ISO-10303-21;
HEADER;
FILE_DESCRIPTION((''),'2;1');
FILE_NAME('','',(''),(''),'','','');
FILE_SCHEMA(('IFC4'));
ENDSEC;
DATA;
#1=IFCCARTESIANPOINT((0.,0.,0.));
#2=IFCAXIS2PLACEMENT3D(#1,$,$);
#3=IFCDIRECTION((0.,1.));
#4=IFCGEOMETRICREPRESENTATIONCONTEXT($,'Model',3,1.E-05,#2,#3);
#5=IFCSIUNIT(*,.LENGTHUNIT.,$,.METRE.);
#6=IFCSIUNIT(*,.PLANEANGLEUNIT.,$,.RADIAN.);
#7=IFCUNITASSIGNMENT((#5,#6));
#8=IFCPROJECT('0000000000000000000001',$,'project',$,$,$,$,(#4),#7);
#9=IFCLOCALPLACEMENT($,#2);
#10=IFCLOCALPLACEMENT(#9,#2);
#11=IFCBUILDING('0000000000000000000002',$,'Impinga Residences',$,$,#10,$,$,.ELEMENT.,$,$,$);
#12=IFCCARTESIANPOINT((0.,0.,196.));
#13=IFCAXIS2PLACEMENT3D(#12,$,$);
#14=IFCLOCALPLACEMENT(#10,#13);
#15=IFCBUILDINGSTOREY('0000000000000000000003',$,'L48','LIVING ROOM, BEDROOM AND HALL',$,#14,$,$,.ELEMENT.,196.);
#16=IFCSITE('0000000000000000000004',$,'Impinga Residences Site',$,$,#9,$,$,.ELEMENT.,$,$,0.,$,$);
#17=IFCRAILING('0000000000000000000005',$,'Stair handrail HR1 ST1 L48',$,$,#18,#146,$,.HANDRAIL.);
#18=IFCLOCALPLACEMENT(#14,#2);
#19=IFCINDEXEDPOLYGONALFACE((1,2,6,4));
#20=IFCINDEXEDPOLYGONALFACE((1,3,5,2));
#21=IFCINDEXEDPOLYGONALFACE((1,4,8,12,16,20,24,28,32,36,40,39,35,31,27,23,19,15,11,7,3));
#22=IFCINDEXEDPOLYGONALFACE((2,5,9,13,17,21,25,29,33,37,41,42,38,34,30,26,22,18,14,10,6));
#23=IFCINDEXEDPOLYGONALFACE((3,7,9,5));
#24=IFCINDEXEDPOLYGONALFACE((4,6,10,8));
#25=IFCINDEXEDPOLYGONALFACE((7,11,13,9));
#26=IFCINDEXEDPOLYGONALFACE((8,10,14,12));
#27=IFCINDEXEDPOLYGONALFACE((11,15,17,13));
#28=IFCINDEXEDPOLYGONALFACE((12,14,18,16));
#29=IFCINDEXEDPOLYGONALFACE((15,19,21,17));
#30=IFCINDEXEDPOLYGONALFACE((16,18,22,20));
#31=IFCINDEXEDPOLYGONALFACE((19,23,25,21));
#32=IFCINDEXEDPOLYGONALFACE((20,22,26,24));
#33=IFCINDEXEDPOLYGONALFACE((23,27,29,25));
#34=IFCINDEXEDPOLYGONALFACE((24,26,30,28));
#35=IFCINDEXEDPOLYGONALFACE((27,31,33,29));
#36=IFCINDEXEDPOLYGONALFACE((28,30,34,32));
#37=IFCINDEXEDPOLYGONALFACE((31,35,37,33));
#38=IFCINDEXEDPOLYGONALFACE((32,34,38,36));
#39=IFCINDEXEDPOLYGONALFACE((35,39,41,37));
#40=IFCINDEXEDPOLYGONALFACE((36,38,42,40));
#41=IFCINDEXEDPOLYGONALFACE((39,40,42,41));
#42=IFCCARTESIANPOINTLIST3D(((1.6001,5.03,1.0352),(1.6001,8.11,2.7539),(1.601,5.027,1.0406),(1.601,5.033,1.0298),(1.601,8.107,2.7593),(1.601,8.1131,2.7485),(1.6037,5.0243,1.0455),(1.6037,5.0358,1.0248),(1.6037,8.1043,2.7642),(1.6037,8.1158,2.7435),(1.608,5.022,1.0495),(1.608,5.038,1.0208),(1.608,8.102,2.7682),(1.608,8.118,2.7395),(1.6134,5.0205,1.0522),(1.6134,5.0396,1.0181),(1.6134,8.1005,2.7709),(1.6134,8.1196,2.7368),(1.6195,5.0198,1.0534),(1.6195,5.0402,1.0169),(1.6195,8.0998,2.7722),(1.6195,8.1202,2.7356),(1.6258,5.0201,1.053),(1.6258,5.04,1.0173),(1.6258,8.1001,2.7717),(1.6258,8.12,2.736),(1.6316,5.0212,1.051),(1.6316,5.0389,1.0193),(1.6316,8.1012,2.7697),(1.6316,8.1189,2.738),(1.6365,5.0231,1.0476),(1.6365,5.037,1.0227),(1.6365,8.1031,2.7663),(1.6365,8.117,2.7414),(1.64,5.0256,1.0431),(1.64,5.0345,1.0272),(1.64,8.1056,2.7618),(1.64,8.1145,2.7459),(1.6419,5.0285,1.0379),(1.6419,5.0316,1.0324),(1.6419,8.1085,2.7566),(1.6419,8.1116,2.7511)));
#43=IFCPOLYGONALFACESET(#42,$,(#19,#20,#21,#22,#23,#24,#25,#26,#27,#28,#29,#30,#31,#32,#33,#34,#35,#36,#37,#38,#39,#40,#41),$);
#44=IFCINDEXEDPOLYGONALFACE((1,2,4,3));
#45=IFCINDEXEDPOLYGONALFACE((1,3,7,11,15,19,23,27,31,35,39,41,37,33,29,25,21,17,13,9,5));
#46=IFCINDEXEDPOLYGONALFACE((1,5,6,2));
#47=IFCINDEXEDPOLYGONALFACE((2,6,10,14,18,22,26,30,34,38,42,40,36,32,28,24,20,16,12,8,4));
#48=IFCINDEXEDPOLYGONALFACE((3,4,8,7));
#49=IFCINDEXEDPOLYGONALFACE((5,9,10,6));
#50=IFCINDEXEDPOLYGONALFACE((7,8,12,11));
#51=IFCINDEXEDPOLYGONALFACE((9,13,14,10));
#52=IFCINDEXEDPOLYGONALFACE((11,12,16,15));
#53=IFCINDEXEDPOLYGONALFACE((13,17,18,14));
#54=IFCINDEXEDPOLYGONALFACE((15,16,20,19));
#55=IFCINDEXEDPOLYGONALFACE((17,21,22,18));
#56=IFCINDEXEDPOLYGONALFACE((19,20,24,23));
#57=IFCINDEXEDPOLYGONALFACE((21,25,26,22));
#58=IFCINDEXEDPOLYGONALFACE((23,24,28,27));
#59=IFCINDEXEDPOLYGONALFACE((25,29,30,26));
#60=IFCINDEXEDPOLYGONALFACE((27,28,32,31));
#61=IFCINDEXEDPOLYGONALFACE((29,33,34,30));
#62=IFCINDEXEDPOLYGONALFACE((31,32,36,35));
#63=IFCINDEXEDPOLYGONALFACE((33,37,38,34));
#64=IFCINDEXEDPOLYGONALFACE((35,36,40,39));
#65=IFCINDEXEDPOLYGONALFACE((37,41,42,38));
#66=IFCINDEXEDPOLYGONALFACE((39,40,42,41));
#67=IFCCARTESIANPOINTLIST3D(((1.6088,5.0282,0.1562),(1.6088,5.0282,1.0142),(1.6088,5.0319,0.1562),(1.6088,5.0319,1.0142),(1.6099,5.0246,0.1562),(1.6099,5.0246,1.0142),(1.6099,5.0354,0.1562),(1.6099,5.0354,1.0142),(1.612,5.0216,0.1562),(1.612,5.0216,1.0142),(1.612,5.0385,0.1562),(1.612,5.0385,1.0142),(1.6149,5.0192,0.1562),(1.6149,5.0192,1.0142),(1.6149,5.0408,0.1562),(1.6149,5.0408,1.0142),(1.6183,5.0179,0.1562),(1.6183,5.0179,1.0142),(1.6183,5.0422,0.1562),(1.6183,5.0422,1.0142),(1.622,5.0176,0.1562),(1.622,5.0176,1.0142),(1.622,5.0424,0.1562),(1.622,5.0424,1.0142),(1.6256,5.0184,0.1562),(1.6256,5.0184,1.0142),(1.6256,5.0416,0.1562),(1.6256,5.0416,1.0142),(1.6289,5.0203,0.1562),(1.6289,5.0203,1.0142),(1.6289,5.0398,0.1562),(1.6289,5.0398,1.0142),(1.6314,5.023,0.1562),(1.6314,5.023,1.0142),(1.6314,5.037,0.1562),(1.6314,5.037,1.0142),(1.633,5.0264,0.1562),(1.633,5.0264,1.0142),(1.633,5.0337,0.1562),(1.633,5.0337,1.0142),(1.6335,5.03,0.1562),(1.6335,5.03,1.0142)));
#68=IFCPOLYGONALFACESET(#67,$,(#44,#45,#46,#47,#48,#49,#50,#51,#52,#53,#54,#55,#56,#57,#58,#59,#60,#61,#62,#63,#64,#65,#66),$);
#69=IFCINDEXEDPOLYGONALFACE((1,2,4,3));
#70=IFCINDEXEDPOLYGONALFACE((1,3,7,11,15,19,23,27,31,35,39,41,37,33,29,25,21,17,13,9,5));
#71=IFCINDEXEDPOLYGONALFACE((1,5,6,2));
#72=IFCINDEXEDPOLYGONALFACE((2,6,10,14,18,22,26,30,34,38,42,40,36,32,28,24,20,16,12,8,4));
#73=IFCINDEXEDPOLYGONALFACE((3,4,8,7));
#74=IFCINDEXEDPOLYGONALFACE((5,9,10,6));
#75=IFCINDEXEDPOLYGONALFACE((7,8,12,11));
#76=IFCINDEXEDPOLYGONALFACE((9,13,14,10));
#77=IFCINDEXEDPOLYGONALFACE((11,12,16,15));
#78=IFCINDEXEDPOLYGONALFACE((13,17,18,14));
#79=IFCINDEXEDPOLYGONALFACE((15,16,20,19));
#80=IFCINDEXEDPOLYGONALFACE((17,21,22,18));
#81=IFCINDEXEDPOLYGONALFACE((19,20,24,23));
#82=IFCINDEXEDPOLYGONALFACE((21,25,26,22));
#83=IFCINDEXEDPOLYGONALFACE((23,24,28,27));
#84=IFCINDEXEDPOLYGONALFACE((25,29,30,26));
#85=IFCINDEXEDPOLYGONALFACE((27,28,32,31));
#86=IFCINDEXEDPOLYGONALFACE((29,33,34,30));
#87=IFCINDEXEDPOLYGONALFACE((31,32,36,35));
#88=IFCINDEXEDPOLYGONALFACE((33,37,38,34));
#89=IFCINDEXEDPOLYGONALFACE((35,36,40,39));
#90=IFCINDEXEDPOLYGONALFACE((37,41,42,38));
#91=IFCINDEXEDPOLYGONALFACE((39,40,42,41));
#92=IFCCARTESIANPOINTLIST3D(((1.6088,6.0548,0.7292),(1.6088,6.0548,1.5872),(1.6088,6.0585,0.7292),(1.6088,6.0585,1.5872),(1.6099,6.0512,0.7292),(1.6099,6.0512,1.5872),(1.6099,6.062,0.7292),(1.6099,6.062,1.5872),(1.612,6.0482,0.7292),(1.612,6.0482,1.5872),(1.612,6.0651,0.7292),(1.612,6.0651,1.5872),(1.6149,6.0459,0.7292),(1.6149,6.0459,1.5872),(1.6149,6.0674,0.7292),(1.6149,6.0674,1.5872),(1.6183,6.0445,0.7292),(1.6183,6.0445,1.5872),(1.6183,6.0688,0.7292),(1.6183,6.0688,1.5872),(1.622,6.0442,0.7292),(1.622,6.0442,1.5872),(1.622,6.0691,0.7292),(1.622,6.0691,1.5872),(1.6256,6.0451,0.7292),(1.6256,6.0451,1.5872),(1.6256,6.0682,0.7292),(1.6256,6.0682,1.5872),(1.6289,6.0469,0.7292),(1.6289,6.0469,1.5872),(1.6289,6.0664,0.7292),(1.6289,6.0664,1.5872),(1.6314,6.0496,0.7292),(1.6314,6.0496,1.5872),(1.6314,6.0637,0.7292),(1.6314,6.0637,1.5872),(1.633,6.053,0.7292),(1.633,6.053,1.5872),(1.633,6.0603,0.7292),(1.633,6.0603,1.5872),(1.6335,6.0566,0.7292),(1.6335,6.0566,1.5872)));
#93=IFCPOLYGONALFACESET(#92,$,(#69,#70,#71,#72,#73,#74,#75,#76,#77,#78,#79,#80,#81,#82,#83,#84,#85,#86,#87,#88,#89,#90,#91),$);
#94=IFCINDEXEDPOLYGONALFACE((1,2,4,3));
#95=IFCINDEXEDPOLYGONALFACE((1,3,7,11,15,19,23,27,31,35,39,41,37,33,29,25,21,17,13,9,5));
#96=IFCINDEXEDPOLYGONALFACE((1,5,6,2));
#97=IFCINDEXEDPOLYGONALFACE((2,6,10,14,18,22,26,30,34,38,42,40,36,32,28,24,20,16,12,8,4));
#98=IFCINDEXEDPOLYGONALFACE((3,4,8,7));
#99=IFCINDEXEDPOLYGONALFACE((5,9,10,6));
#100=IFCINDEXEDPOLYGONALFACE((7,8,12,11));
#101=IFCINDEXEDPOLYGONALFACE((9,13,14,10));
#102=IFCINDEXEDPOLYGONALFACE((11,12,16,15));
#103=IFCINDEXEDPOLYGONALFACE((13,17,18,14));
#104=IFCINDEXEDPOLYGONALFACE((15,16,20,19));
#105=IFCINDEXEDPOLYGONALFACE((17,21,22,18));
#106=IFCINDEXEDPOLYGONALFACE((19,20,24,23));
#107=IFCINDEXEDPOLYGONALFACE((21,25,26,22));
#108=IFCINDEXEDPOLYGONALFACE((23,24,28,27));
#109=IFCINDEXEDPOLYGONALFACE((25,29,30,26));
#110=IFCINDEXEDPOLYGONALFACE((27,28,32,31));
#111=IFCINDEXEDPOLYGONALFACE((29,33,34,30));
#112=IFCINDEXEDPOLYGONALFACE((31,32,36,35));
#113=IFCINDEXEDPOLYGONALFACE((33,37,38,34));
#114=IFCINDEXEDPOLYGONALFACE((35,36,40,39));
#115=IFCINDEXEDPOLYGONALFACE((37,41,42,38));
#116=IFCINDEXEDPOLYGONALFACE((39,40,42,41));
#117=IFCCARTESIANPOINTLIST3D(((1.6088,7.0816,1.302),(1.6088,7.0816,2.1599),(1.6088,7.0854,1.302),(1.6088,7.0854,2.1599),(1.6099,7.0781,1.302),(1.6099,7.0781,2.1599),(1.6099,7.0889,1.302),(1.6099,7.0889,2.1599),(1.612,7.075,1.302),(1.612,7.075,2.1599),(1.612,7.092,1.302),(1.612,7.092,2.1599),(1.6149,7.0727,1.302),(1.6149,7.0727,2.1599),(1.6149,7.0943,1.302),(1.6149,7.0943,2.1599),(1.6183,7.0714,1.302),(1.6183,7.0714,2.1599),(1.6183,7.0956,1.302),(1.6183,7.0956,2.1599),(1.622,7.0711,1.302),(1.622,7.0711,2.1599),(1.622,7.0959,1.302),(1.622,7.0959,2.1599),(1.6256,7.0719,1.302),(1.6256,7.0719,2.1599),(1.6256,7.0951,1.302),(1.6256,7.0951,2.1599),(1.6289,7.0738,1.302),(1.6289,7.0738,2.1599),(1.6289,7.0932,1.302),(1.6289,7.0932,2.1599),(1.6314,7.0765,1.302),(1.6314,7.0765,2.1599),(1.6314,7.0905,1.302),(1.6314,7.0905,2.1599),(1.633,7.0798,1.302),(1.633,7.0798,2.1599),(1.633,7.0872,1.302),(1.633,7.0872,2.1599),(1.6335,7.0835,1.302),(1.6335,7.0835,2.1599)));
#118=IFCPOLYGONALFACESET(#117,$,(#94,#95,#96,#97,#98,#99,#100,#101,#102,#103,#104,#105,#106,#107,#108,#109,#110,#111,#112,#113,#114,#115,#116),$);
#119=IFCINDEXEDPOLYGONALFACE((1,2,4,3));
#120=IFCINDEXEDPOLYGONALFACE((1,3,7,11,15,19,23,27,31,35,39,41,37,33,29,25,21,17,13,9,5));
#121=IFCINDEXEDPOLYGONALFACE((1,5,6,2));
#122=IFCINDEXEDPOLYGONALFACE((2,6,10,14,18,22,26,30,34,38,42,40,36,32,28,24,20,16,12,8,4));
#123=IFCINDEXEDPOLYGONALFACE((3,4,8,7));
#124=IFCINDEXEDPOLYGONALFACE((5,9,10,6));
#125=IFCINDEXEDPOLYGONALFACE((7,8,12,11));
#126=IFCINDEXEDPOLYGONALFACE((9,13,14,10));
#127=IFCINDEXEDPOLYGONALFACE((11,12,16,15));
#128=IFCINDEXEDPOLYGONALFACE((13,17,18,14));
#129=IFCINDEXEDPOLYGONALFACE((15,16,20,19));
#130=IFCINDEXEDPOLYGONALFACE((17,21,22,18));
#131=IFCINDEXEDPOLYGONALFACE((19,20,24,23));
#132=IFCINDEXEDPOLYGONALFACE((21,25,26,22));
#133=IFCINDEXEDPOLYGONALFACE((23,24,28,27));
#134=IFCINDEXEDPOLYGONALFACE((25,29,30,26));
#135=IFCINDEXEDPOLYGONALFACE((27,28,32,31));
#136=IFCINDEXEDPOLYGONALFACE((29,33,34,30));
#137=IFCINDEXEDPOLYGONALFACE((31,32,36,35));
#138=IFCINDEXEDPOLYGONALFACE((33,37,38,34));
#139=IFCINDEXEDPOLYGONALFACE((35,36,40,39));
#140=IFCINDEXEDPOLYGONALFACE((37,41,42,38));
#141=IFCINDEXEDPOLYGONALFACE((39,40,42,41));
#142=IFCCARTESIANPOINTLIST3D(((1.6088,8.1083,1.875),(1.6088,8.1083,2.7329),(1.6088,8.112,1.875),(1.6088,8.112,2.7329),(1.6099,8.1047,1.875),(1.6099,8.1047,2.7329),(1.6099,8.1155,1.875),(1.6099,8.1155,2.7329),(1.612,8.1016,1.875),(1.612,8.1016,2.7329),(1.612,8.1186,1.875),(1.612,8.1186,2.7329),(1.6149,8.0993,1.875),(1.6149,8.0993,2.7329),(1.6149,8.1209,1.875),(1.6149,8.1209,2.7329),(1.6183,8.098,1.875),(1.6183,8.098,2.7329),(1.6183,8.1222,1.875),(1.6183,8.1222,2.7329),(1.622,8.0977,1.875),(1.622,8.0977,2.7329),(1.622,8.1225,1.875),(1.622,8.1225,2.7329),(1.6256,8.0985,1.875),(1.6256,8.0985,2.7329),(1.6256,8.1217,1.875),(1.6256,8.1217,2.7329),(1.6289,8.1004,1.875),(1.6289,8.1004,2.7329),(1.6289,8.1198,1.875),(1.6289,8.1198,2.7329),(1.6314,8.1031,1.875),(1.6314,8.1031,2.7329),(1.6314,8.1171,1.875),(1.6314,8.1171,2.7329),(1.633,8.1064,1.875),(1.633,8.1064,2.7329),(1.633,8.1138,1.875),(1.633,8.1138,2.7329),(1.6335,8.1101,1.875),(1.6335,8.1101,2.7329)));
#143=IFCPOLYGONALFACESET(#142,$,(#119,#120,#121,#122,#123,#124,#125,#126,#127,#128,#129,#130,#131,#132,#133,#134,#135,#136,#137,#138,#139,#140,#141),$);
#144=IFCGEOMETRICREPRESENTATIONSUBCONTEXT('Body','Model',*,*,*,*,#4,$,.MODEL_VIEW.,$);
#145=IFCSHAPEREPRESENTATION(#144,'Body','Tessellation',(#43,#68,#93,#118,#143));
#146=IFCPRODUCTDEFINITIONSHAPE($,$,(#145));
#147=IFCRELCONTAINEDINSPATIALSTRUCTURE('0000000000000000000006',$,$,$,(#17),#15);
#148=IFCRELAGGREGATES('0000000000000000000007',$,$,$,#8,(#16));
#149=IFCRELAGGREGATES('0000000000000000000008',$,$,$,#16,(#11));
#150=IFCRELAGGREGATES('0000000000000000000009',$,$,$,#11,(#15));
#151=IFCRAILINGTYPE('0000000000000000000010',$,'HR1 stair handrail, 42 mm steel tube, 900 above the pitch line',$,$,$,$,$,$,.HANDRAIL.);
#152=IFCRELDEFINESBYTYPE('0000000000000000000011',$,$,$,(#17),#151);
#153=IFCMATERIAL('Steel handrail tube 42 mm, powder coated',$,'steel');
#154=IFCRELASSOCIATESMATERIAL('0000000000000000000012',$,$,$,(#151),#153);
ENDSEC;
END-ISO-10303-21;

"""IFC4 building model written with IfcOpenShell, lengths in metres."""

from ifc_helpers import new_model, si_unit, direction, frame, origin, origin_2d, place, context, subcontext, project, spatial, circle, extrude, material, type_object, element, save


model = new_model("IFC4")

# Units and contexts
model_context = context("Model", 3, precision=1e-05, world=origin(), true_north=direction((0.0, 1.0)))
body_context = subcontext(model_context, "Body", "Model", "MODEL_VIEW")
ifc_project = project(units=[si_unit("LENGTHUNIT", "METRE"), si_unit("PLANEANGLEUNIT", "RADIAN")], contexts=[model_context])

# Site, building, storey
site_placement = place(None, origin())
site = spatial("IfcSite", under=ifc_project, at=site_placement, Name="Impinga Residences Site", CompositionType="ELEMENT", RefElevation=0.0)
building_placement = place(site_placement, origin())
building = spatial("IfcBuilding", under=site, at=building_placement, Name="Impinga Residences", CompositionType="ELEMENT")
storey_placement = place(building_placement, frame((0.0, 0.0, 196.0)))
storey = spatial("IfcBuildingStorey", under=building, at=storey_placement, Name="L48", Description="LIVING ROOM, BEDROOM AND HALL", CompositionType="ELEMENT", Elevation=196.0)

# Railing
ifc_material_1 = material(Name="Steel handrail tube 42 mm, powder coated", Category="steel")
railing_type_1 = type_object("IfcRailingType", Name="HR1 stair handrail, 42 mm steel tube, 900 above the pitch line", PredefinedType="HANDRAIL", material=ifc_material_1)
railing_1_placement = place(storey_placement, frame((1.6211, 5.03, 0.1562)))
element("IfcRailing", 1, at=railing_1_placement, inside=storey, type_object=railing_type_1, Name="Stair handrail HR1 ST1 L48", PredefinedType="HANDRAIL", context=body_context, shape_type="SweptSolid", body=[
    extrude(circle(Radius=0.021, at=origin_2d()), frame((0.0, 0.0, 0.8789), z_axis=(0.0, 0.873242, 0.487288), x_axis=(-1.0, 0.0, 0.0)), (0.0, 0.0, 1.0), 3.5271),
    extrude(circle(Radius=0.0125, at=origin_2d()), origin(), (0.0, 0.0, 1.0), 0.8579),
    extrude(circle(Radius=0.0125, at=origin_2d()), frame((0.0, 1.0266, 0.573)), (0.0, 0.0, 1.0), 0.8579),
    extrude(circle(Radius=0.0125, at=origin_2d()), frame((0.0, 2.0535, 1.1458)), (0.0, 0.0, 1.0), 0.8579),
    extrude(circle(Radius=0.0125, at=origin_2d()), frame((0.0, 3.0801, 1.7188)), (0.0, 0.0, 1.0), 0.8579),
])

save(model, "model.ifc")
